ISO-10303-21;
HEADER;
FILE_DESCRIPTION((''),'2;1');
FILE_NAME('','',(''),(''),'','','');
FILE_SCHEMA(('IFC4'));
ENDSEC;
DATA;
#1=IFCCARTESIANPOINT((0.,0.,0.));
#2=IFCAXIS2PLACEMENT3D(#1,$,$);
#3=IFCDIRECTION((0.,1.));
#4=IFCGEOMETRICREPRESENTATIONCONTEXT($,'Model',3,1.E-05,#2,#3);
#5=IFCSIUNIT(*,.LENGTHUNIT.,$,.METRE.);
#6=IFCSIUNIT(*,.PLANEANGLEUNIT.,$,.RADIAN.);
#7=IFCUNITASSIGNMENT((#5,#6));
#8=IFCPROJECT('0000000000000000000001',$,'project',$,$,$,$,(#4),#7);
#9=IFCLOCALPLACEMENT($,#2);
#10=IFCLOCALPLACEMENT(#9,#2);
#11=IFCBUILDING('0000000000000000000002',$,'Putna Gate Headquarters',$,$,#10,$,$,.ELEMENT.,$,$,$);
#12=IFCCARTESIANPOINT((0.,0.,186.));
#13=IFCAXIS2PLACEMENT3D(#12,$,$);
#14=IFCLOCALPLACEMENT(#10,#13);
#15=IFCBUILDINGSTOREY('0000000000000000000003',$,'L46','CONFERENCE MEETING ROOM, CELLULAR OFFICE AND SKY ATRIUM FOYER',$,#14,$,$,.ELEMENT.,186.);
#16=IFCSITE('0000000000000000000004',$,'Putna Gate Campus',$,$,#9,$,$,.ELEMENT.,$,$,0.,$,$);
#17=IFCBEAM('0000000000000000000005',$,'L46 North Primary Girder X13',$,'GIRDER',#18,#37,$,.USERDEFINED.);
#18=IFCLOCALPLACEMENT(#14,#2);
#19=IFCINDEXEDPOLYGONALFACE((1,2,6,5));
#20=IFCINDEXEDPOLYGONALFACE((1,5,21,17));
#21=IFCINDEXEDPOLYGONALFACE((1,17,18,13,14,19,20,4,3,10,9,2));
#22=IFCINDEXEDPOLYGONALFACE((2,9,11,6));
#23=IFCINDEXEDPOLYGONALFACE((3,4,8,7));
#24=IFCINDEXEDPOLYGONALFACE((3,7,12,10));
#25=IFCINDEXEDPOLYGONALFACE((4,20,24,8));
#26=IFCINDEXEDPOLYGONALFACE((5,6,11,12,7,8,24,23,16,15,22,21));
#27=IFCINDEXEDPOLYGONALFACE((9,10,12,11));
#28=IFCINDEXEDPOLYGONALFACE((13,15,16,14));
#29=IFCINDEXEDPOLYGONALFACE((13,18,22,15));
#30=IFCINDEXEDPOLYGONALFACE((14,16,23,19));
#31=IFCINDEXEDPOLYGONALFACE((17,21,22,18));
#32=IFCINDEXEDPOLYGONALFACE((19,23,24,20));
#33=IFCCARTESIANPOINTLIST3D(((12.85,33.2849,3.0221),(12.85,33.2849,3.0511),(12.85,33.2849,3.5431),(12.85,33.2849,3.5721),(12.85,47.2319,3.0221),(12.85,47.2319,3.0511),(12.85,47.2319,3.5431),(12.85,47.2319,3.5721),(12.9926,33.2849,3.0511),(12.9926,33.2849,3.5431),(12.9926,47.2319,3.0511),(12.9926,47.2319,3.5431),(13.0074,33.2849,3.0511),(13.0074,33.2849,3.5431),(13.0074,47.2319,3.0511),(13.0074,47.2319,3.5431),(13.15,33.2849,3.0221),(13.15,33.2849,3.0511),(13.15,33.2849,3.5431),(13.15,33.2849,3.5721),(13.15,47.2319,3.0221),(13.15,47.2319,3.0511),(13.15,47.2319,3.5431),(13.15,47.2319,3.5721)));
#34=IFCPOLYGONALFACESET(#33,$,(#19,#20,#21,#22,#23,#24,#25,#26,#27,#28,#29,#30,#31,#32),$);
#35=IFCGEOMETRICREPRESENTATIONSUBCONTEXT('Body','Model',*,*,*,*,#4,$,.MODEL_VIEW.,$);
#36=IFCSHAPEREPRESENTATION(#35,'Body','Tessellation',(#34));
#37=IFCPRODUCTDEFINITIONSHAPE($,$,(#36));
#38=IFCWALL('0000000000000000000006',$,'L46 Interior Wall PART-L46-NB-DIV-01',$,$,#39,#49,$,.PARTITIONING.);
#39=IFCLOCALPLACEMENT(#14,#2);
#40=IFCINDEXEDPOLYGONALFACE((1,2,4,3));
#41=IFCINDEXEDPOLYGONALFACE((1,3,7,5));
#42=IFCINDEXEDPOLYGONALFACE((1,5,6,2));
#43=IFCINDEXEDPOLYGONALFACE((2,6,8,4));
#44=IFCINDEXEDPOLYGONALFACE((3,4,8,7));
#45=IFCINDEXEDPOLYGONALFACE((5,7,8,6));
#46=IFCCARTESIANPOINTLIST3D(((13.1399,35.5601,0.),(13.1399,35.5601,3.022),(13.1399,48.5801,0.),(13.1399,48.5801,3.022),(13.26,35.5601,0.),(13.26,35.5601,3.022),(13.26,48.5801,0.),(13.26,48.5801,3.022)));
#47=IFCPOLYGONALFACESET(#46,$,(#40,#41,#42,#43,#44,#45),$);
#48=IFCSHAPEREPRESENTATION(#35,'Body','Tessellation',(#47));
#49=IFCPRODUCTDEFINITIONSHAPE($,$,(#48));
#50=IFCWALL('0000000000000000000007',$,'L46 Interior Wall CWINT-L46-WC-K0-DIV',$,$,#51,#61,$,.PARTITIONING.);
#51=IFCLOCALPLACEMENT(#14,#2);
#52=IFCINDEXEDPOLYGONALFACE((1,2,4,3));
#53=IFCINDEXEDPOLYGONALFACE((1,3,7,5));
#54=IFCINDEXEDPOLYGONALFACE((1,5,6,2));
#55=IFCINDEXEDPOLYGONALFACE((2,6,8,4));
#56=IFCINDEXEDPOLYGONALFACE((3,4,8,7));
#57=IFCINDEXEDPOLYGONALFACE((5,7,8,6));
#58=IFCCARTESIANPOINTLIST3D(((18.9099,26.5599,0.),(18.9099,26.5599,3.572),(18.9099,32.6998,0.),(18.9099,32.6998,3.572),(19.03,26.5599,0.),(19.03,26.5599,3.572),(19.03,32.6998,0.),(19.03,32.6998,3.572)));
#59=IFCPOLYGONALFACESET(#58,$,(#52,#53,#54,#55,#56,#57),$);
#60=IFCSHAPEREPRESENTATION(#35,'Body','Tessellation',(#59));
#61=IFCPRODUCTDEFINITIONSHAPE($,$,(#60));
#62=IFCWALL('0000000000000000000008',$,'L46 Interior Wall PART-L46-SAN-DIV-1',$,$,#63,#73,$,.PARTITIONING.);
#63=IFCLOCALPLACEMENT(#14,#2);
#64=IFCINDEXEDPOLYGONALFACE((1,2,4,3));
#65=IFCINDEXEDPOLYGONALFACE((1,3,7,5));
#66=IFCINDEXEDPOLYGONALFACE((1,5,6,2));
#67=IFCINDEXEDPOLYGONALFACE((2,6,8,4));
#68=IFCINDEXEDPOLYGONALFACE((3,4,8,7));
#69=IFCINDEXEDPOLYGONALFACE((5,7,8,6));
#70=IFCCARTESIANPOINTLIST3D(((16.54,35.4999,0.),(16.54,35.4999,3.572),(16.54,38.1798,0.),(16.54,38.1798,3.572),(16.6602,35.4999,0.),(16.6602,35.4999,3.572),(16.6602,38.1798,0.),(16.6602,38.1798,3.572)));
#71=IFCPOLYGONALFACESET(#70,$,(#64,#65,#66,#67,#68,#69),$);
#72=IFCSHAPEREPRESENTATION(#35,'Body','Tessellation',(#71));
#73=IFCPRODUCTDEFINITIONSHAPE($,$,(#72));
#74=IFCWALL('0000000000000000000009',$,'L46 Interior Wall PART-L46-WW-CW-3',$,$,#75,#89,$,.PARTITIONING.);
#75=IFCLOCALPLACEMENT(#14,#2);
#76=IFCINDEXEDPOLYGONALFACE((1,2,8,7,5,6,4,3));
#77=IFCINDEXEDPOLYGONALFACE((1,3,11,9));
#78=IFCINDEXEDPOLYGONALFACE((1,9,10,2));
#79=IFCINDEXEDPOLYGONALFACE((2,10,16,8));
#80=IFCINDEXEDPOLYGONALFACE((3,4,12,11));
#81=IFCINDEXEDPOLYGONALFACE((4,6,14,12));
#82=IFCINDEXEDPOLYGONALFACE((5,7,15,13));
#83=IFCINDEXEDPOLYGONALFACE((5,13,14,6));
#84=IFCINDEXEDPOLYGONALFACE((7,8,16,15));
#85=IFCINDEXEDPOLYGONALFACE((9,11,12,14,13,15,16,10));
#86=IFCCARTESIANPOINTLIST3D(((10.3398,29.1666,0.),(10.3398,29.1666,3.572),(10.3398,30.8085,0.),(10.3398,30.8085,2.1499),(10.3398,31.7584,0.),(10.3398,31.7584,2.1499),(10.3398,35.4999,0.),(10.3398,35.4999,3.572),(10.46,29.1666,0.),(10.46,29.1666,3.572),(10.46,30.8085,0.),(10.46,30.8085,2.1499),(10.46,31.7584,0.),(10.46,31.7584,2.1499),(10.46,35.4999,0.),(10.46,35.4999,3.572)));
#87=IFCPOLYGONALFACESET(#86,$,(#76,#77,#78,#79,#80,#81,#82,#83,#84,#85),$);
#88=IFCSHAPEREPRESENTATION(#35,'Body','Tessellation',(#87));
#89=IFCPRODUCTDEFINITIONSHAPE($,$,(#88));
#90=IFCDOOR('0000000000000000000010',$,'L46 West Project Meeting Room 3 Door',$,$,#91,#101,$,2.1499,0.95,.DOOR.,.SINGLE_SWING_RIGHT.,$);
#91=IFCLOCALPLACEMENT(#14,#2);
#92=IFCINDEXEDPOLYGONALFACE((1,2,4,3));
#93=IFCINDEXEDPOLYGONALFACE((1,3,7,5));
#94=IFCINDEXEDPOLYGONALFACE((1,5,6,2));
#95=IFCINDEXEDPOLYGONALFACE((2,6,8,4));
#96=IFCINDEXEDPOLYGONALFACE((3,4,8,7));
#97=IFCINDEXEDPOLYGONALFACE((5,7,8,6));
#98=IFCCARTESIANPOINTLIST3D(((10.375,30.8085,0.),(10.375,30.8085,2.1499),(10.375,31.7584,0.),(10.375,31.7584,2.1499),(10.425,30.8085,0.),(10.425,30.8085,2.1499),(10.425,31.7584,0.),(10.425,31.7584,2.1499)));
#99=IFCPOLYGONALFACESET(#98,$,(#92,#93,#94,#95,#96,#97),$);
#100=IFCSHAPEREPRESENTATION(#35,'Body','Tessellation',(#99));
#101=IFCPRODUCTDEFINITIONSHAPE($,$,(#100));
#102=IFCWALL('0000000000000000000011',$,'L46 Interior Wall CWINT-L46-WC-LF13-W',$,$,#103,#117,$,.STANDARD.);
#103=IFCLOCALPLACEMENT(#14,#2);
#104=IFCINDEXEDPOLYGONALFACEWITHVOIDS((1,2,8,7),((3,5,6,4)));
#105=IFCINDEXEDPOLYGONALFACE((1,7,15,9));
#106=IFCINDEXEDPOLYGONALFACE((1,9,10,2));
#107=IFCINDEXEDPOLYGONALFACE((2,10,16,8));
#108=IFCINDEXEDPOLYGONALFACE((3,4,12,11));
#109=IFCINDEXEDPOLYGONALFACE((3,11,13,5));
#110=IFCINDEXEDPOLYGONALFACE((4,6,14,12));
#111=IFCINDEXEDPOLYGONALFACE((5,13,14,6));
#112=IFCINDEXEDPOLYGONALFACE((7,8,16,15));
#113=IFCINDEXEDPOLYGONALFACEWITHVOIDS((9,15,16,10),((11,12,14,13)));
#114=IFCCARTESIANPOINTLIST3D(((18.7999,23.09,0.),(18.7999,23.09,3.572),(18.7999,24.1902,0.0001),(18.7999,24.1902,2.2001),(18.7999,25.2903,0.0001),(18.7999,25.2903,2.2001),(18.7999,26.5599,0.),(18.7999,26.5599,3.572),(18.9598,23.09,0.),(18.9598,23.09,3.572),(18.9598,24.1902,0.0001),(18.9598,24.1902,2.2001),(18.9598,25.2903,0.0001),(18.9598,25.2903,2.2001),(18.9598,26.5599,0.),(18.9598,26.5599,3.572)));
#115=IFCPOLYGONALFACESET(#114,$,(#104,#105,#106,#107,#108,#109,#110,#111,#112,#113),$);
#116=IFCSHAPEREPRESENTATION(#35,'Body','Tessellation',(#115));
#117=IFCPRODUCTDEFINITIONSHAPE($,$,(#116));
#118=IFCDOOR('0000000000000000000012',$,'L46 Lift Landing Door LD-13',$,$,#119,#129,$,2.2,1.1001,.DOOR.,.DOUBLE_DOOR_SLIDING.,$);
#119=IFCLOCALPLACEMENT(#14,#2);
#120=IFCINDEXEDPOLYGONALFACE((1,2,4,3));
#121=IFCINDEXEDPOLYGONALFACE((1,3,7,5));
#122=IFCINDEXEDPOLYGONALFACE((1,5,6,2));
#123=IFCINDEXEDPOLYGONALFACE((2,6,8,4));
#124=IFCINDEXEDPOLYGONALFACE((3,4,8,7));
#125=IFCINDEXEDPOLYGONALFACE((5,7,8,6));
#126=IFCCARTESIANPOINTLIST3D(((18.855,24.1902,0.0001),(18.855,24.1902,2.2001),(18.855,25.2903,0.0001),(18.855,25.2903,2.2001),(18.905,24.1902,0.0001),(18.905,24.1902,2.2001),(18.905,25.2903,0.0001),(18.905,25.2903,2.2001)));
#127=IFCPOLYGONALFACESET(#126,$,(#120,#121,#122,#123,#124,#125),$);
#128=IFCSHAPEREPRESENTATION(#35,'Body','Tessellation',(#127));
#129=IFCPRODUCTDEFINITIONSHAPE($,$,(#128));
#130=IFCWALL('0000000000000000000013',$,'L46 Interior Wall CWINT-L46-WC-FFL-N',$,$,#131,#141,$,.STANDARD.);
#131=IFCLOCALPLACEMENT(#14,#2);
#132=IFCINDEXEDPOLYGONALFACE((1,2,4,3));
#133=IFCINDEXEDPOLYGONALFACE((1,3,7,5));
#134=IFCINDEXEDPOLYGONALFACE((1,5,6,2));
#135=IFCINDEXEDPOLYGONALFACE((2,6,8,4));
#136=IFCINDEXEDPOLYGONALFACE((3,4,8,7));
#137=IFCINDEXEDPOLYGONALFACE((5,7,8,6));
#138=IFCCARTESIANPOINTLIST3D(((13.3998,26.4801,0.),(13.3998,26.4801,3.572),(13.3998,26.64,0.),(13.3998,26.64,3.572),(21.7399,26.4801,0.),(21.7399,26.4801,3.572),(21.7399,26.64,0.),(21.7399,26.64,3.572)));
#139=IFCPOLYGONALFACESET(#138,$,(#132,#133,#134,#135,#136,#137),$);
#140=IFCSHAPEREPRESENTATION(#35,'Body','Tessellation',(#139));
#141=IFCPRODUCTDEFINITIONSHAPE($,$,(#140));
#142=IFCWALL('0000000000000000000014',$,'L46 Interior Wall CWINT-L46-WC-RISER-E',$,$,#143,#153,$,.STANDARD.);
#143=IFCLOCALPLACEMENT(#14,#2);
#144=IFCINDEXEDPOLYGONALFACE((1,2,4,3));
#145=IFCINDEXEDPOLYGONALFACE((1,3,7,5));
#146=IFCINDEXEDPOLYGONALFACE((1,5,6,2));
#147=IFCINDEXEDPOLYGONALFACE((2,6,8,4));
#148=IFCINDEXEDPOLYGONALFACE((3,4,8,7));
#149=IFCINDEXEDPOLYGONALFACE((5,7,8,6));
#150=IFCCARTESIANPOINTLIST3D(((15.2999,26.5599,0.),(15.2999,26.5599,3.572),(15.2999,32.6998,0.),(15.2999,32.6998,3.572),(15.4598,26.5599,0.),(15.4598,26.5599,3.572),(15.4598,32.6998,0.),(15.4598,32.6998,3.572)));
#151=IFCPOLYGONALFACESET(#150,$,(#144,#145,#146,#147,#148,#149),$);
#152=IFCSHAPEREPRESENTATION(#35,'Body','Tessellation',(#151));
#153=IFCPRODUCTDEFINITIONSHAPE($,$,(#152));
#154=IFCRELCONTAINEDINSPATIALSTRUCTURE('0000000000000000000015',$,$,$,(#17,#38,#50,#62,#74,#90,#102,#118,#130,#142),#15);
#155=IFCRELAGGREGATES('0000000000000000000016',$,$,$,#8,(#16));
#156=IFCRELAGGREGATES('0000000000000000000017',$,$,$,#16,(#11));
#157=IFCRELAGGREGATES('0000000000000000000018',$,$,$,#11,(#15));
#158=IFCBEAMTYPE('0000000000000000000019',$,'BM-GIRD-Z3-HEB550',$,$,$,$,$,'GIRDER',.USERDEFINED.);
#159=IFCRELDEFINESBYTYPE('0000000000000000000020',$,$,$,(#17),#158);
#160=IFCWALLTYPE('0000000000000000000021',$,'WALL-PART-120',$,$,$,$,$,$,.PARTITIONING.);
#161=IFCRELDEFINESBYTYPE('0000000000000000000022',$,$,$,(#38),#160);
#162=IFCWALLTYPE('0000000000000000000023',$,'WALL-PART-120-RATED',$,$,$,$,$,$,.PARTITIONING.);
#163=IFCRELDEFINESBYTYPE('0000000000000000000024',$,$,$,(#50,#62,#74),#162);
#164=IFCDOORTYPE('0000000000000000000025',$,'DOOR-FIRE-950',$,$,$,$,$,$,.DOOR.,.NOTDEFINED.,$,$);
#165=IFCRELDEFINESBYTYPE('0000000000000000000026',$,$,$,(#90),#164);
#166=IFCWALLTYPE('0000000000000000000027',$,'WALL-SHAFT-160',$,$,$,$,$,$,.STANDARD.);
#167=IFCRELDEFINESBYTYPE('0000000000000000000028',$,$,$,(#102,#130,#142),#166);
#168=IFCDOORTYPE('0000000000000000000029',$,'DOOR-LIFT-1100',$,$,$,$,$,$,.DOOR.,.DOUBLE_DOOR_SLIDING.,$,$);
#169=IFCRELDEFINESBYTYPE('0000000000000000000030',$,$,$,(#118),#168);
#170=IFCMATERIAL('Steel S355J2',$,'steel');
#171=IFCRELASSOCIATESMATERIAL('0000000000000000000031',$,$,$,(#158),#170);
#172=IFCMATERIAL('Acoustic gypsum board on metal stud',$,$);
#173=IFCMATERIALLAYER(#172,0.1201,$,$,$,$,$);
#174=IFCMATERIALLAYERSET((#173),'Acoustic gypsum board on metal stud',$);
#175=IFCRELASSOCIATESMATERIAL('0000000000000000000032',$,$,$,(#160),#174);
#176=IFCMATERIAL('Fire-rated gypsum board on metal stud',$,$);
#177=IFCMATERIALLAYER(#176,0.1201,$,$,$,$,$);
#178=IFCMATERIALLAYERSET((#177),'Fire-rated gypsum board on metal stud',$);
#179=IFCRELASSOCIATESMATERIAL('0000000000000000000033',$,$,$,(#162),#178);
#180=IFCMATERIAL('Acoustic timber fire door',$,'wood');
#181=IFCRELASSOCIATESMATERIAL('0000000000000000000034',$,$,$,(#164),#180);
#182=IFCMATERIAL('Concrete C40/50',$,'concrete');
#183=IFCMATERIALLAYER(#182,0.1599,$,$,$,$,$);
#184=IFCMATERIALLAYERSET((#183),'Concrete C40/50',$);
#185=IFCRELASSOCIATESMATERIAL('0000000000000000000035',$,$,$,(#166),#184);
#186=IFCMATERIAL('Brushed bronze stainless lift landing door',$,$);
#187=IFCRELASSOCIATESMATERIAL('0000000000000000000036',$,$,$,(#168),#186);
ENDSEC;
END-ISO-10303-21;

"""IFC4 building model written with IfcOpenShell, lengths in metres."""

from ifc_helpers import new_model, si_unit, direction, frame, frame_2d, origin, origin_2d, place, context, subcontext, project, spatial, rectangle, i_section, extrude, material, layer, layer_set, material_profile, profile_set, type_object, element, fill, save


model = new_model("IFC4")

# Units and contexts
model_context = context("Model", 3, precision=1e-05, world=origin(), true_north=direction((0.0, 1.0)))
body_context = subcontext(model_context, "Body", "Model", "MODEL_VIEW")
ifc_project = project(units=[si_unit("LENGTHUNIT", "METRE"), si_unit("PLANEANGLEUNIT", "RADIAN")], contexts=[model_context])

# Site, building, storey
site_placement = place(None, origin())
site = spatial("IfcSite", under=ifc_project, at=site_placement, Name="Putna Gate Campus", CompositionType="ELEMENT", RefElevation=0.0)
building_placement = place(site_placement, origin())
building = spatial("IfcBuilding", under=site, at=building_placement, Name="Putna Gate Headquarters", CompositionType="ELEMENT")
storey_placement = place(building_placement, frame((0.0, 0.0, 186.0)))
storey = spatial("IfcBuildingStorey", under=building, at=storey_placement, Name="L46", Description="CONFERENCE MEETING ROOM, CELLULAR OFFICE AND SKY ATRIUM FOYER", CompositionType="ELEMENT", Elevation=186.0)

# Beam
ifc_material_1 = material(Name="Steel S355J2", Category="steel")
ifc_material_profile = material_profile(ifc_material_1, i_section(OverallWidth=0.3, OverallDepth=0.55, WebThickness=0.0149, FlangeThickness=0.0291, at=origin_2d()), Name="Steel S355J2")
ifc_profile_set = profile_set([ifc_material_profile], Name="Steel S355J2")
beam_type = type_object("IfcBeamType", Name="BM-GIRD-Z3-HEB550", ElementType="GIRDER", PredefinedType="USERDEFINED", material=ifc_profile_set)
beam_placement = place(storey_placement, frame((13.0, 33.2849, 3.2971), z_axis=(0.0, 1.0, 0.0), x_axis=(-1.0, 0.0, 0.0)))
element("IfcBeam", 1, at=beam_placement, inside=storey, type_object=beam_type, Name="L46 North Primary Girder X13", ObjectType="GIRDER", PredefinedType="USERDEFINED", context=body_context, shape_type="SweptSolid", body=[
    extrude(i_section(OverallWidth=0.3, OverallDepth=0.55, WebThickness=0.0149, FlangeThickness=0.0291, at=origin_2d()), origin(), (0.0, 0.0, 1.0), 13.947),
])

# Walls
ifc_material_2 = material(Name="Acoustic gypsum board on metal stud")
ifc_layer_1 = layer(ifc_material_2, 0.1201)
ifc_layer_set_1 = layer_set([ifc_layer_1], Name="Acoustic gypsum board on metal stud")
wall_type_1 = type_object("IfcWallType", Name="WALL-PART-120", PredefinedType="PARTITIONING", material=ifc_layer_set_1)
wall_1_placement = place(storey_placement, frame((13.2, 35.5601, 0.0), z_axis=(0.0, 0.0, 1.0), x_axis=(0.0, 1.0, 0.0)))
element("IfcWall", 2, at=wall_1_placement, inside=storey, type_object=wall_type_1, Name="L46 Interior Wall PART-L46-NB-DIV-01", PredefinedType="PARTITIONING", context=body_context, shape_type="SweptSolid", body=[
    extrude(rectangle(XDim=13.02, YDim=0.1201, at=frame_2d((6.51, 0.0))), origin(), (0.0, 0.0, 1.0), 3.022),
])
ifc_material_3 = material(Name="Fire-rated gypsum board on metal stud")
ifc_layer_2 = layer(ifc_material_3, 0.1201)
ifc_layer_set_2 = layer_set([ifc_layer_2], Name="Fire-rated gypsum board on metal stud")
wall_type_2 = type_object("IfcWallType", Name="WALL-PART-120-RATED", PredefinedType="PARTITIONING", material=ifc_layer_set_2)
wall_2_placement = place(storey_placement, frame((18.97, 26.5601, 0.0), z_axis=(0.0, 0.0, 1.0), x_axis=(0.0, 1.0, 0.0)))
element("IfcWall", 3, at=wall_2_placement, inside=storey, type_object=wall_type_2, Name="L46 Interior Wall CWINT-L46-WC-K0-DIV", PredefinedType="PARTITIONING", context=body_context, shape_type="SweptSolid", body=[
    extrude(rectangle(XDim=6.1399, YDim=0.1201, at=frame_2d((3.0698, 0.0))), origin(), (0.0, 0.0, 1.0), 3.572),
])

# Shared definitions
ifc_material_4 = material(Name="Acoustic timber fire door", Category="wood")
door_type_1 = type_object("IfcDoorType", Name="DOOR-FIRE-950", OperationType="NOTDEFINED", PredefinedType="DOOR", material=ifc_material_4)

# Wall
wall_3_placement = place(storey_placement, frame((16.6001, 35.5, 0.0), z_axis=(0.0, 0.0, 1.0), x_axis=(0.0, 1.0, 0.0)))
element("IfcWall", 4, at=wall_3_placement, inside=storey, type_object=wall_type_2, Name="L46 Interior Wall PART-L46-SAN-DIV-1", PredefinedType="PARTITIONING", context=body_context, shape_type="SweptSolid", body=[
    extrude(rectangle(XDim=2.6799, YDim=0.1201, at=frame_2d((1.3398, 0.0))), origin(), (0.0, 0.0, 1.0), 3.572),
])

# Walls, openings, doors
wall_4_placement = place(storey_placement, frame((10.3999, 29.1667, 0.0), z_axis=(0.0, 0.0, 1.0), x_axis=(0.0, 1.0, 0.0)))
wall_4 = element("IfcWall", 5, at=wall_4_placement, inside=storey, type_object=wall_type_2, Name="L46 Interior Wall PART-L46-WW-CW-3", PredefinedType="PARTITIONING", context=body_context, shape_type="SweptSolid", body=[
    extrude(rectangle(XDim=6.3333, YDim=0.1201, at=frame_2d((3.1665, 0.0))), origin(), (0.0, 0.0, 1.0), 3.572),
])
opening_1_placement = place(wall_4_placement, frame((1.6416, 0.0, 0.0)))
opening_1 = element("IfcOpeningElement", 6, at=opening_1_placement, cuts=wall_4, PredefinedType="OPENING", context=body_context, shape_type="SweptSolid", body=[
    extrude(rectangle(XDim=0.95, YDim=2.1499, at=frame_2d((0.4751, 1.075))), frame((0.0, 0.0701, 0.0), z_axis=(0.0, -1.0, 0.0), x_axis=(1.0, 0.0, 0.0)), (0.0, 0.0, 1.0), 0.1401),
])
door_1_placement = place(opening_1_placement, origin())
door_1 = element("IfcDoor", 7, at=door_1_placement, inside=storey, type_object=door_type_1, Name="L46 West Project Meeting Room 3 Door", OperationType="SINGLE_SWING_RIGHT", OverallHeight=2.1499, OverallWidth=0.95, PredefinedType="DOOR", context=body_context, shape_type="SweptSolid", body=[
    extrude(rectangle(XDim=0.95, YDim=2.1499, at=frame_2d((0.4751, 1.075))), frame((0.0, 0.0249, 0.0), z_axis=(0.0, -1.0, 0.0), x_axis=(1.0, 0.0, 0.0)), (0.0, 0.0, 1.0), 0.05),
])
fill(opening_1, door_1)
ifc_material_5 = material(Name="Concrete C40/50", Category="concrete")
ifc_layer_3 = layer(ifc_material_5, 0.1599)
ifc_layer_set_3 = layer_set([ifc_layer_3], Name="Concrete C40/50")
wall_type_3 = type_object("IfcWallType", Name="WALL-SHAFT-160", PredefinedType="STANDARD", material=ifc_layer_set_3)
wall_5_placement = place(storey_placement, frame((18.8799, 23.0901, 0.0), z_axis=(0.0, 0.0, 1.0), x_axis=(0.0, 1.0, 0.0)))
wall_5 = element("IfcWall", 8, at=wall_5_placement, inside=storey, type_object=wall_type_3, Name="L46 Interior Wall CWINT-L46-WC-LF13-W", PredefinedType="STANDARD", context=body_context, shape_type="SweptSolid", body=[
    extrude(rectangle(XDim=3.47, YDim=0.1599, at=frame_2d((1.7349, 0.0))), origin(), (0.0, 0.0, 1.0), 3.572),
])
opening_2_placement = place(wall_5_placement, frame((1.1001, 0.0, 0.0)))
opening_2 = element("IfcOpeningElement", 9, at=opening_2_placement, cuts=wall_5, PredefinedType="OPENING", context=body_context, shape_type="SweptSolid", body=[
    extrude(rectangle(XDim=1.1001, YDim=2.2, at=frame_2d((0.55, 1.1001))), frame((0.0, 0.0898, 0.0), z_axis=(0.0, -1.0, 0.0), x_axis=(1.0, 0.0, 0.0)), (0.0, 0.0, 1.0), 0.1799),
])
ifc_material_6 = material(Name="Brushed bronze stainless lift landing door")
door_type_2 = type_object("IfcDoorType", Name="DOOR-LIFT-1100", OperationType="DOUBLE_DOOR_SLIDING", PredefinedType="DOOR", material=ifc_material_6)
door_2_placement = place(opening_2_placement, origin())
door_2 = element("IfcDoor", 10, at=door_2_placement, inside=storey, type_object=door_type_2, Name="L46 Lift Landing Door LD-13", OperationType="DOUBLE_DOOR_SLIDING", OverallHeight=2.2, OverallWidth=1.1001, PredefinedType="DOOR", context=body_context, shape_type="SweptSolid", body=[
    extrude(rectangle(XDim=1.1001, YDim=2.2, at=frame_2d((0.55, 1.1001))), frame((0.0, 0.0249, 0.0), z_axis=(0.0, -1.0, 0.0), x_axis=(1.0, 0.0, 0.0)), (0.0, 0.0, 1.0), 0.05),
])
fill(opening_2, door_2)

# Walls
wall_6_placement = place(storey_placement, frame((13.3999, 26.5601, 0.0), z_axis=(0.0, 0.0, 1.0), x_axis=(1.0, 0.0, 0.0)))
element("IfcWall", 11, at=wall_6_placement, inside=storey, type_object=wall_type_3, Name="L46 Interior Wall CWINT-L46-WC-FFL-N", PredefinedType="STANDARD", context=body_context, shape_type="SweptSolid", body=[
    extrude(rectangle(XDim=8.3401, YDim=0.1599, at=frame_2d((4.1699, 0.0))), origin(), (0.0, 0.0, 1.0), 3.572),
])
wall_7_placement = place(storey_placement, frame((15.3799, 26.5601, 0.0), z_axis=(0.0, 0.0, 1.0), x_axis=(0.0, 1.0, 0.0)))
element("IfcWall", 12, at=wall_7_placement, inside=storey, type_object=wall_type_3, Name="L46 Interior Wall CWINT-L46-WC-RISER-E", PredefinedType="STANDARD", context=body_context, shape_type="SweptSolid", body=[
    extrude(rectangle(XDim=6.1399, YDim=0.1599, at=frame_2d((3.0698, 0.0))), origin(), (0.0, 0.0, 1.0), 3.572),
])

save(model, "model.ifc")
